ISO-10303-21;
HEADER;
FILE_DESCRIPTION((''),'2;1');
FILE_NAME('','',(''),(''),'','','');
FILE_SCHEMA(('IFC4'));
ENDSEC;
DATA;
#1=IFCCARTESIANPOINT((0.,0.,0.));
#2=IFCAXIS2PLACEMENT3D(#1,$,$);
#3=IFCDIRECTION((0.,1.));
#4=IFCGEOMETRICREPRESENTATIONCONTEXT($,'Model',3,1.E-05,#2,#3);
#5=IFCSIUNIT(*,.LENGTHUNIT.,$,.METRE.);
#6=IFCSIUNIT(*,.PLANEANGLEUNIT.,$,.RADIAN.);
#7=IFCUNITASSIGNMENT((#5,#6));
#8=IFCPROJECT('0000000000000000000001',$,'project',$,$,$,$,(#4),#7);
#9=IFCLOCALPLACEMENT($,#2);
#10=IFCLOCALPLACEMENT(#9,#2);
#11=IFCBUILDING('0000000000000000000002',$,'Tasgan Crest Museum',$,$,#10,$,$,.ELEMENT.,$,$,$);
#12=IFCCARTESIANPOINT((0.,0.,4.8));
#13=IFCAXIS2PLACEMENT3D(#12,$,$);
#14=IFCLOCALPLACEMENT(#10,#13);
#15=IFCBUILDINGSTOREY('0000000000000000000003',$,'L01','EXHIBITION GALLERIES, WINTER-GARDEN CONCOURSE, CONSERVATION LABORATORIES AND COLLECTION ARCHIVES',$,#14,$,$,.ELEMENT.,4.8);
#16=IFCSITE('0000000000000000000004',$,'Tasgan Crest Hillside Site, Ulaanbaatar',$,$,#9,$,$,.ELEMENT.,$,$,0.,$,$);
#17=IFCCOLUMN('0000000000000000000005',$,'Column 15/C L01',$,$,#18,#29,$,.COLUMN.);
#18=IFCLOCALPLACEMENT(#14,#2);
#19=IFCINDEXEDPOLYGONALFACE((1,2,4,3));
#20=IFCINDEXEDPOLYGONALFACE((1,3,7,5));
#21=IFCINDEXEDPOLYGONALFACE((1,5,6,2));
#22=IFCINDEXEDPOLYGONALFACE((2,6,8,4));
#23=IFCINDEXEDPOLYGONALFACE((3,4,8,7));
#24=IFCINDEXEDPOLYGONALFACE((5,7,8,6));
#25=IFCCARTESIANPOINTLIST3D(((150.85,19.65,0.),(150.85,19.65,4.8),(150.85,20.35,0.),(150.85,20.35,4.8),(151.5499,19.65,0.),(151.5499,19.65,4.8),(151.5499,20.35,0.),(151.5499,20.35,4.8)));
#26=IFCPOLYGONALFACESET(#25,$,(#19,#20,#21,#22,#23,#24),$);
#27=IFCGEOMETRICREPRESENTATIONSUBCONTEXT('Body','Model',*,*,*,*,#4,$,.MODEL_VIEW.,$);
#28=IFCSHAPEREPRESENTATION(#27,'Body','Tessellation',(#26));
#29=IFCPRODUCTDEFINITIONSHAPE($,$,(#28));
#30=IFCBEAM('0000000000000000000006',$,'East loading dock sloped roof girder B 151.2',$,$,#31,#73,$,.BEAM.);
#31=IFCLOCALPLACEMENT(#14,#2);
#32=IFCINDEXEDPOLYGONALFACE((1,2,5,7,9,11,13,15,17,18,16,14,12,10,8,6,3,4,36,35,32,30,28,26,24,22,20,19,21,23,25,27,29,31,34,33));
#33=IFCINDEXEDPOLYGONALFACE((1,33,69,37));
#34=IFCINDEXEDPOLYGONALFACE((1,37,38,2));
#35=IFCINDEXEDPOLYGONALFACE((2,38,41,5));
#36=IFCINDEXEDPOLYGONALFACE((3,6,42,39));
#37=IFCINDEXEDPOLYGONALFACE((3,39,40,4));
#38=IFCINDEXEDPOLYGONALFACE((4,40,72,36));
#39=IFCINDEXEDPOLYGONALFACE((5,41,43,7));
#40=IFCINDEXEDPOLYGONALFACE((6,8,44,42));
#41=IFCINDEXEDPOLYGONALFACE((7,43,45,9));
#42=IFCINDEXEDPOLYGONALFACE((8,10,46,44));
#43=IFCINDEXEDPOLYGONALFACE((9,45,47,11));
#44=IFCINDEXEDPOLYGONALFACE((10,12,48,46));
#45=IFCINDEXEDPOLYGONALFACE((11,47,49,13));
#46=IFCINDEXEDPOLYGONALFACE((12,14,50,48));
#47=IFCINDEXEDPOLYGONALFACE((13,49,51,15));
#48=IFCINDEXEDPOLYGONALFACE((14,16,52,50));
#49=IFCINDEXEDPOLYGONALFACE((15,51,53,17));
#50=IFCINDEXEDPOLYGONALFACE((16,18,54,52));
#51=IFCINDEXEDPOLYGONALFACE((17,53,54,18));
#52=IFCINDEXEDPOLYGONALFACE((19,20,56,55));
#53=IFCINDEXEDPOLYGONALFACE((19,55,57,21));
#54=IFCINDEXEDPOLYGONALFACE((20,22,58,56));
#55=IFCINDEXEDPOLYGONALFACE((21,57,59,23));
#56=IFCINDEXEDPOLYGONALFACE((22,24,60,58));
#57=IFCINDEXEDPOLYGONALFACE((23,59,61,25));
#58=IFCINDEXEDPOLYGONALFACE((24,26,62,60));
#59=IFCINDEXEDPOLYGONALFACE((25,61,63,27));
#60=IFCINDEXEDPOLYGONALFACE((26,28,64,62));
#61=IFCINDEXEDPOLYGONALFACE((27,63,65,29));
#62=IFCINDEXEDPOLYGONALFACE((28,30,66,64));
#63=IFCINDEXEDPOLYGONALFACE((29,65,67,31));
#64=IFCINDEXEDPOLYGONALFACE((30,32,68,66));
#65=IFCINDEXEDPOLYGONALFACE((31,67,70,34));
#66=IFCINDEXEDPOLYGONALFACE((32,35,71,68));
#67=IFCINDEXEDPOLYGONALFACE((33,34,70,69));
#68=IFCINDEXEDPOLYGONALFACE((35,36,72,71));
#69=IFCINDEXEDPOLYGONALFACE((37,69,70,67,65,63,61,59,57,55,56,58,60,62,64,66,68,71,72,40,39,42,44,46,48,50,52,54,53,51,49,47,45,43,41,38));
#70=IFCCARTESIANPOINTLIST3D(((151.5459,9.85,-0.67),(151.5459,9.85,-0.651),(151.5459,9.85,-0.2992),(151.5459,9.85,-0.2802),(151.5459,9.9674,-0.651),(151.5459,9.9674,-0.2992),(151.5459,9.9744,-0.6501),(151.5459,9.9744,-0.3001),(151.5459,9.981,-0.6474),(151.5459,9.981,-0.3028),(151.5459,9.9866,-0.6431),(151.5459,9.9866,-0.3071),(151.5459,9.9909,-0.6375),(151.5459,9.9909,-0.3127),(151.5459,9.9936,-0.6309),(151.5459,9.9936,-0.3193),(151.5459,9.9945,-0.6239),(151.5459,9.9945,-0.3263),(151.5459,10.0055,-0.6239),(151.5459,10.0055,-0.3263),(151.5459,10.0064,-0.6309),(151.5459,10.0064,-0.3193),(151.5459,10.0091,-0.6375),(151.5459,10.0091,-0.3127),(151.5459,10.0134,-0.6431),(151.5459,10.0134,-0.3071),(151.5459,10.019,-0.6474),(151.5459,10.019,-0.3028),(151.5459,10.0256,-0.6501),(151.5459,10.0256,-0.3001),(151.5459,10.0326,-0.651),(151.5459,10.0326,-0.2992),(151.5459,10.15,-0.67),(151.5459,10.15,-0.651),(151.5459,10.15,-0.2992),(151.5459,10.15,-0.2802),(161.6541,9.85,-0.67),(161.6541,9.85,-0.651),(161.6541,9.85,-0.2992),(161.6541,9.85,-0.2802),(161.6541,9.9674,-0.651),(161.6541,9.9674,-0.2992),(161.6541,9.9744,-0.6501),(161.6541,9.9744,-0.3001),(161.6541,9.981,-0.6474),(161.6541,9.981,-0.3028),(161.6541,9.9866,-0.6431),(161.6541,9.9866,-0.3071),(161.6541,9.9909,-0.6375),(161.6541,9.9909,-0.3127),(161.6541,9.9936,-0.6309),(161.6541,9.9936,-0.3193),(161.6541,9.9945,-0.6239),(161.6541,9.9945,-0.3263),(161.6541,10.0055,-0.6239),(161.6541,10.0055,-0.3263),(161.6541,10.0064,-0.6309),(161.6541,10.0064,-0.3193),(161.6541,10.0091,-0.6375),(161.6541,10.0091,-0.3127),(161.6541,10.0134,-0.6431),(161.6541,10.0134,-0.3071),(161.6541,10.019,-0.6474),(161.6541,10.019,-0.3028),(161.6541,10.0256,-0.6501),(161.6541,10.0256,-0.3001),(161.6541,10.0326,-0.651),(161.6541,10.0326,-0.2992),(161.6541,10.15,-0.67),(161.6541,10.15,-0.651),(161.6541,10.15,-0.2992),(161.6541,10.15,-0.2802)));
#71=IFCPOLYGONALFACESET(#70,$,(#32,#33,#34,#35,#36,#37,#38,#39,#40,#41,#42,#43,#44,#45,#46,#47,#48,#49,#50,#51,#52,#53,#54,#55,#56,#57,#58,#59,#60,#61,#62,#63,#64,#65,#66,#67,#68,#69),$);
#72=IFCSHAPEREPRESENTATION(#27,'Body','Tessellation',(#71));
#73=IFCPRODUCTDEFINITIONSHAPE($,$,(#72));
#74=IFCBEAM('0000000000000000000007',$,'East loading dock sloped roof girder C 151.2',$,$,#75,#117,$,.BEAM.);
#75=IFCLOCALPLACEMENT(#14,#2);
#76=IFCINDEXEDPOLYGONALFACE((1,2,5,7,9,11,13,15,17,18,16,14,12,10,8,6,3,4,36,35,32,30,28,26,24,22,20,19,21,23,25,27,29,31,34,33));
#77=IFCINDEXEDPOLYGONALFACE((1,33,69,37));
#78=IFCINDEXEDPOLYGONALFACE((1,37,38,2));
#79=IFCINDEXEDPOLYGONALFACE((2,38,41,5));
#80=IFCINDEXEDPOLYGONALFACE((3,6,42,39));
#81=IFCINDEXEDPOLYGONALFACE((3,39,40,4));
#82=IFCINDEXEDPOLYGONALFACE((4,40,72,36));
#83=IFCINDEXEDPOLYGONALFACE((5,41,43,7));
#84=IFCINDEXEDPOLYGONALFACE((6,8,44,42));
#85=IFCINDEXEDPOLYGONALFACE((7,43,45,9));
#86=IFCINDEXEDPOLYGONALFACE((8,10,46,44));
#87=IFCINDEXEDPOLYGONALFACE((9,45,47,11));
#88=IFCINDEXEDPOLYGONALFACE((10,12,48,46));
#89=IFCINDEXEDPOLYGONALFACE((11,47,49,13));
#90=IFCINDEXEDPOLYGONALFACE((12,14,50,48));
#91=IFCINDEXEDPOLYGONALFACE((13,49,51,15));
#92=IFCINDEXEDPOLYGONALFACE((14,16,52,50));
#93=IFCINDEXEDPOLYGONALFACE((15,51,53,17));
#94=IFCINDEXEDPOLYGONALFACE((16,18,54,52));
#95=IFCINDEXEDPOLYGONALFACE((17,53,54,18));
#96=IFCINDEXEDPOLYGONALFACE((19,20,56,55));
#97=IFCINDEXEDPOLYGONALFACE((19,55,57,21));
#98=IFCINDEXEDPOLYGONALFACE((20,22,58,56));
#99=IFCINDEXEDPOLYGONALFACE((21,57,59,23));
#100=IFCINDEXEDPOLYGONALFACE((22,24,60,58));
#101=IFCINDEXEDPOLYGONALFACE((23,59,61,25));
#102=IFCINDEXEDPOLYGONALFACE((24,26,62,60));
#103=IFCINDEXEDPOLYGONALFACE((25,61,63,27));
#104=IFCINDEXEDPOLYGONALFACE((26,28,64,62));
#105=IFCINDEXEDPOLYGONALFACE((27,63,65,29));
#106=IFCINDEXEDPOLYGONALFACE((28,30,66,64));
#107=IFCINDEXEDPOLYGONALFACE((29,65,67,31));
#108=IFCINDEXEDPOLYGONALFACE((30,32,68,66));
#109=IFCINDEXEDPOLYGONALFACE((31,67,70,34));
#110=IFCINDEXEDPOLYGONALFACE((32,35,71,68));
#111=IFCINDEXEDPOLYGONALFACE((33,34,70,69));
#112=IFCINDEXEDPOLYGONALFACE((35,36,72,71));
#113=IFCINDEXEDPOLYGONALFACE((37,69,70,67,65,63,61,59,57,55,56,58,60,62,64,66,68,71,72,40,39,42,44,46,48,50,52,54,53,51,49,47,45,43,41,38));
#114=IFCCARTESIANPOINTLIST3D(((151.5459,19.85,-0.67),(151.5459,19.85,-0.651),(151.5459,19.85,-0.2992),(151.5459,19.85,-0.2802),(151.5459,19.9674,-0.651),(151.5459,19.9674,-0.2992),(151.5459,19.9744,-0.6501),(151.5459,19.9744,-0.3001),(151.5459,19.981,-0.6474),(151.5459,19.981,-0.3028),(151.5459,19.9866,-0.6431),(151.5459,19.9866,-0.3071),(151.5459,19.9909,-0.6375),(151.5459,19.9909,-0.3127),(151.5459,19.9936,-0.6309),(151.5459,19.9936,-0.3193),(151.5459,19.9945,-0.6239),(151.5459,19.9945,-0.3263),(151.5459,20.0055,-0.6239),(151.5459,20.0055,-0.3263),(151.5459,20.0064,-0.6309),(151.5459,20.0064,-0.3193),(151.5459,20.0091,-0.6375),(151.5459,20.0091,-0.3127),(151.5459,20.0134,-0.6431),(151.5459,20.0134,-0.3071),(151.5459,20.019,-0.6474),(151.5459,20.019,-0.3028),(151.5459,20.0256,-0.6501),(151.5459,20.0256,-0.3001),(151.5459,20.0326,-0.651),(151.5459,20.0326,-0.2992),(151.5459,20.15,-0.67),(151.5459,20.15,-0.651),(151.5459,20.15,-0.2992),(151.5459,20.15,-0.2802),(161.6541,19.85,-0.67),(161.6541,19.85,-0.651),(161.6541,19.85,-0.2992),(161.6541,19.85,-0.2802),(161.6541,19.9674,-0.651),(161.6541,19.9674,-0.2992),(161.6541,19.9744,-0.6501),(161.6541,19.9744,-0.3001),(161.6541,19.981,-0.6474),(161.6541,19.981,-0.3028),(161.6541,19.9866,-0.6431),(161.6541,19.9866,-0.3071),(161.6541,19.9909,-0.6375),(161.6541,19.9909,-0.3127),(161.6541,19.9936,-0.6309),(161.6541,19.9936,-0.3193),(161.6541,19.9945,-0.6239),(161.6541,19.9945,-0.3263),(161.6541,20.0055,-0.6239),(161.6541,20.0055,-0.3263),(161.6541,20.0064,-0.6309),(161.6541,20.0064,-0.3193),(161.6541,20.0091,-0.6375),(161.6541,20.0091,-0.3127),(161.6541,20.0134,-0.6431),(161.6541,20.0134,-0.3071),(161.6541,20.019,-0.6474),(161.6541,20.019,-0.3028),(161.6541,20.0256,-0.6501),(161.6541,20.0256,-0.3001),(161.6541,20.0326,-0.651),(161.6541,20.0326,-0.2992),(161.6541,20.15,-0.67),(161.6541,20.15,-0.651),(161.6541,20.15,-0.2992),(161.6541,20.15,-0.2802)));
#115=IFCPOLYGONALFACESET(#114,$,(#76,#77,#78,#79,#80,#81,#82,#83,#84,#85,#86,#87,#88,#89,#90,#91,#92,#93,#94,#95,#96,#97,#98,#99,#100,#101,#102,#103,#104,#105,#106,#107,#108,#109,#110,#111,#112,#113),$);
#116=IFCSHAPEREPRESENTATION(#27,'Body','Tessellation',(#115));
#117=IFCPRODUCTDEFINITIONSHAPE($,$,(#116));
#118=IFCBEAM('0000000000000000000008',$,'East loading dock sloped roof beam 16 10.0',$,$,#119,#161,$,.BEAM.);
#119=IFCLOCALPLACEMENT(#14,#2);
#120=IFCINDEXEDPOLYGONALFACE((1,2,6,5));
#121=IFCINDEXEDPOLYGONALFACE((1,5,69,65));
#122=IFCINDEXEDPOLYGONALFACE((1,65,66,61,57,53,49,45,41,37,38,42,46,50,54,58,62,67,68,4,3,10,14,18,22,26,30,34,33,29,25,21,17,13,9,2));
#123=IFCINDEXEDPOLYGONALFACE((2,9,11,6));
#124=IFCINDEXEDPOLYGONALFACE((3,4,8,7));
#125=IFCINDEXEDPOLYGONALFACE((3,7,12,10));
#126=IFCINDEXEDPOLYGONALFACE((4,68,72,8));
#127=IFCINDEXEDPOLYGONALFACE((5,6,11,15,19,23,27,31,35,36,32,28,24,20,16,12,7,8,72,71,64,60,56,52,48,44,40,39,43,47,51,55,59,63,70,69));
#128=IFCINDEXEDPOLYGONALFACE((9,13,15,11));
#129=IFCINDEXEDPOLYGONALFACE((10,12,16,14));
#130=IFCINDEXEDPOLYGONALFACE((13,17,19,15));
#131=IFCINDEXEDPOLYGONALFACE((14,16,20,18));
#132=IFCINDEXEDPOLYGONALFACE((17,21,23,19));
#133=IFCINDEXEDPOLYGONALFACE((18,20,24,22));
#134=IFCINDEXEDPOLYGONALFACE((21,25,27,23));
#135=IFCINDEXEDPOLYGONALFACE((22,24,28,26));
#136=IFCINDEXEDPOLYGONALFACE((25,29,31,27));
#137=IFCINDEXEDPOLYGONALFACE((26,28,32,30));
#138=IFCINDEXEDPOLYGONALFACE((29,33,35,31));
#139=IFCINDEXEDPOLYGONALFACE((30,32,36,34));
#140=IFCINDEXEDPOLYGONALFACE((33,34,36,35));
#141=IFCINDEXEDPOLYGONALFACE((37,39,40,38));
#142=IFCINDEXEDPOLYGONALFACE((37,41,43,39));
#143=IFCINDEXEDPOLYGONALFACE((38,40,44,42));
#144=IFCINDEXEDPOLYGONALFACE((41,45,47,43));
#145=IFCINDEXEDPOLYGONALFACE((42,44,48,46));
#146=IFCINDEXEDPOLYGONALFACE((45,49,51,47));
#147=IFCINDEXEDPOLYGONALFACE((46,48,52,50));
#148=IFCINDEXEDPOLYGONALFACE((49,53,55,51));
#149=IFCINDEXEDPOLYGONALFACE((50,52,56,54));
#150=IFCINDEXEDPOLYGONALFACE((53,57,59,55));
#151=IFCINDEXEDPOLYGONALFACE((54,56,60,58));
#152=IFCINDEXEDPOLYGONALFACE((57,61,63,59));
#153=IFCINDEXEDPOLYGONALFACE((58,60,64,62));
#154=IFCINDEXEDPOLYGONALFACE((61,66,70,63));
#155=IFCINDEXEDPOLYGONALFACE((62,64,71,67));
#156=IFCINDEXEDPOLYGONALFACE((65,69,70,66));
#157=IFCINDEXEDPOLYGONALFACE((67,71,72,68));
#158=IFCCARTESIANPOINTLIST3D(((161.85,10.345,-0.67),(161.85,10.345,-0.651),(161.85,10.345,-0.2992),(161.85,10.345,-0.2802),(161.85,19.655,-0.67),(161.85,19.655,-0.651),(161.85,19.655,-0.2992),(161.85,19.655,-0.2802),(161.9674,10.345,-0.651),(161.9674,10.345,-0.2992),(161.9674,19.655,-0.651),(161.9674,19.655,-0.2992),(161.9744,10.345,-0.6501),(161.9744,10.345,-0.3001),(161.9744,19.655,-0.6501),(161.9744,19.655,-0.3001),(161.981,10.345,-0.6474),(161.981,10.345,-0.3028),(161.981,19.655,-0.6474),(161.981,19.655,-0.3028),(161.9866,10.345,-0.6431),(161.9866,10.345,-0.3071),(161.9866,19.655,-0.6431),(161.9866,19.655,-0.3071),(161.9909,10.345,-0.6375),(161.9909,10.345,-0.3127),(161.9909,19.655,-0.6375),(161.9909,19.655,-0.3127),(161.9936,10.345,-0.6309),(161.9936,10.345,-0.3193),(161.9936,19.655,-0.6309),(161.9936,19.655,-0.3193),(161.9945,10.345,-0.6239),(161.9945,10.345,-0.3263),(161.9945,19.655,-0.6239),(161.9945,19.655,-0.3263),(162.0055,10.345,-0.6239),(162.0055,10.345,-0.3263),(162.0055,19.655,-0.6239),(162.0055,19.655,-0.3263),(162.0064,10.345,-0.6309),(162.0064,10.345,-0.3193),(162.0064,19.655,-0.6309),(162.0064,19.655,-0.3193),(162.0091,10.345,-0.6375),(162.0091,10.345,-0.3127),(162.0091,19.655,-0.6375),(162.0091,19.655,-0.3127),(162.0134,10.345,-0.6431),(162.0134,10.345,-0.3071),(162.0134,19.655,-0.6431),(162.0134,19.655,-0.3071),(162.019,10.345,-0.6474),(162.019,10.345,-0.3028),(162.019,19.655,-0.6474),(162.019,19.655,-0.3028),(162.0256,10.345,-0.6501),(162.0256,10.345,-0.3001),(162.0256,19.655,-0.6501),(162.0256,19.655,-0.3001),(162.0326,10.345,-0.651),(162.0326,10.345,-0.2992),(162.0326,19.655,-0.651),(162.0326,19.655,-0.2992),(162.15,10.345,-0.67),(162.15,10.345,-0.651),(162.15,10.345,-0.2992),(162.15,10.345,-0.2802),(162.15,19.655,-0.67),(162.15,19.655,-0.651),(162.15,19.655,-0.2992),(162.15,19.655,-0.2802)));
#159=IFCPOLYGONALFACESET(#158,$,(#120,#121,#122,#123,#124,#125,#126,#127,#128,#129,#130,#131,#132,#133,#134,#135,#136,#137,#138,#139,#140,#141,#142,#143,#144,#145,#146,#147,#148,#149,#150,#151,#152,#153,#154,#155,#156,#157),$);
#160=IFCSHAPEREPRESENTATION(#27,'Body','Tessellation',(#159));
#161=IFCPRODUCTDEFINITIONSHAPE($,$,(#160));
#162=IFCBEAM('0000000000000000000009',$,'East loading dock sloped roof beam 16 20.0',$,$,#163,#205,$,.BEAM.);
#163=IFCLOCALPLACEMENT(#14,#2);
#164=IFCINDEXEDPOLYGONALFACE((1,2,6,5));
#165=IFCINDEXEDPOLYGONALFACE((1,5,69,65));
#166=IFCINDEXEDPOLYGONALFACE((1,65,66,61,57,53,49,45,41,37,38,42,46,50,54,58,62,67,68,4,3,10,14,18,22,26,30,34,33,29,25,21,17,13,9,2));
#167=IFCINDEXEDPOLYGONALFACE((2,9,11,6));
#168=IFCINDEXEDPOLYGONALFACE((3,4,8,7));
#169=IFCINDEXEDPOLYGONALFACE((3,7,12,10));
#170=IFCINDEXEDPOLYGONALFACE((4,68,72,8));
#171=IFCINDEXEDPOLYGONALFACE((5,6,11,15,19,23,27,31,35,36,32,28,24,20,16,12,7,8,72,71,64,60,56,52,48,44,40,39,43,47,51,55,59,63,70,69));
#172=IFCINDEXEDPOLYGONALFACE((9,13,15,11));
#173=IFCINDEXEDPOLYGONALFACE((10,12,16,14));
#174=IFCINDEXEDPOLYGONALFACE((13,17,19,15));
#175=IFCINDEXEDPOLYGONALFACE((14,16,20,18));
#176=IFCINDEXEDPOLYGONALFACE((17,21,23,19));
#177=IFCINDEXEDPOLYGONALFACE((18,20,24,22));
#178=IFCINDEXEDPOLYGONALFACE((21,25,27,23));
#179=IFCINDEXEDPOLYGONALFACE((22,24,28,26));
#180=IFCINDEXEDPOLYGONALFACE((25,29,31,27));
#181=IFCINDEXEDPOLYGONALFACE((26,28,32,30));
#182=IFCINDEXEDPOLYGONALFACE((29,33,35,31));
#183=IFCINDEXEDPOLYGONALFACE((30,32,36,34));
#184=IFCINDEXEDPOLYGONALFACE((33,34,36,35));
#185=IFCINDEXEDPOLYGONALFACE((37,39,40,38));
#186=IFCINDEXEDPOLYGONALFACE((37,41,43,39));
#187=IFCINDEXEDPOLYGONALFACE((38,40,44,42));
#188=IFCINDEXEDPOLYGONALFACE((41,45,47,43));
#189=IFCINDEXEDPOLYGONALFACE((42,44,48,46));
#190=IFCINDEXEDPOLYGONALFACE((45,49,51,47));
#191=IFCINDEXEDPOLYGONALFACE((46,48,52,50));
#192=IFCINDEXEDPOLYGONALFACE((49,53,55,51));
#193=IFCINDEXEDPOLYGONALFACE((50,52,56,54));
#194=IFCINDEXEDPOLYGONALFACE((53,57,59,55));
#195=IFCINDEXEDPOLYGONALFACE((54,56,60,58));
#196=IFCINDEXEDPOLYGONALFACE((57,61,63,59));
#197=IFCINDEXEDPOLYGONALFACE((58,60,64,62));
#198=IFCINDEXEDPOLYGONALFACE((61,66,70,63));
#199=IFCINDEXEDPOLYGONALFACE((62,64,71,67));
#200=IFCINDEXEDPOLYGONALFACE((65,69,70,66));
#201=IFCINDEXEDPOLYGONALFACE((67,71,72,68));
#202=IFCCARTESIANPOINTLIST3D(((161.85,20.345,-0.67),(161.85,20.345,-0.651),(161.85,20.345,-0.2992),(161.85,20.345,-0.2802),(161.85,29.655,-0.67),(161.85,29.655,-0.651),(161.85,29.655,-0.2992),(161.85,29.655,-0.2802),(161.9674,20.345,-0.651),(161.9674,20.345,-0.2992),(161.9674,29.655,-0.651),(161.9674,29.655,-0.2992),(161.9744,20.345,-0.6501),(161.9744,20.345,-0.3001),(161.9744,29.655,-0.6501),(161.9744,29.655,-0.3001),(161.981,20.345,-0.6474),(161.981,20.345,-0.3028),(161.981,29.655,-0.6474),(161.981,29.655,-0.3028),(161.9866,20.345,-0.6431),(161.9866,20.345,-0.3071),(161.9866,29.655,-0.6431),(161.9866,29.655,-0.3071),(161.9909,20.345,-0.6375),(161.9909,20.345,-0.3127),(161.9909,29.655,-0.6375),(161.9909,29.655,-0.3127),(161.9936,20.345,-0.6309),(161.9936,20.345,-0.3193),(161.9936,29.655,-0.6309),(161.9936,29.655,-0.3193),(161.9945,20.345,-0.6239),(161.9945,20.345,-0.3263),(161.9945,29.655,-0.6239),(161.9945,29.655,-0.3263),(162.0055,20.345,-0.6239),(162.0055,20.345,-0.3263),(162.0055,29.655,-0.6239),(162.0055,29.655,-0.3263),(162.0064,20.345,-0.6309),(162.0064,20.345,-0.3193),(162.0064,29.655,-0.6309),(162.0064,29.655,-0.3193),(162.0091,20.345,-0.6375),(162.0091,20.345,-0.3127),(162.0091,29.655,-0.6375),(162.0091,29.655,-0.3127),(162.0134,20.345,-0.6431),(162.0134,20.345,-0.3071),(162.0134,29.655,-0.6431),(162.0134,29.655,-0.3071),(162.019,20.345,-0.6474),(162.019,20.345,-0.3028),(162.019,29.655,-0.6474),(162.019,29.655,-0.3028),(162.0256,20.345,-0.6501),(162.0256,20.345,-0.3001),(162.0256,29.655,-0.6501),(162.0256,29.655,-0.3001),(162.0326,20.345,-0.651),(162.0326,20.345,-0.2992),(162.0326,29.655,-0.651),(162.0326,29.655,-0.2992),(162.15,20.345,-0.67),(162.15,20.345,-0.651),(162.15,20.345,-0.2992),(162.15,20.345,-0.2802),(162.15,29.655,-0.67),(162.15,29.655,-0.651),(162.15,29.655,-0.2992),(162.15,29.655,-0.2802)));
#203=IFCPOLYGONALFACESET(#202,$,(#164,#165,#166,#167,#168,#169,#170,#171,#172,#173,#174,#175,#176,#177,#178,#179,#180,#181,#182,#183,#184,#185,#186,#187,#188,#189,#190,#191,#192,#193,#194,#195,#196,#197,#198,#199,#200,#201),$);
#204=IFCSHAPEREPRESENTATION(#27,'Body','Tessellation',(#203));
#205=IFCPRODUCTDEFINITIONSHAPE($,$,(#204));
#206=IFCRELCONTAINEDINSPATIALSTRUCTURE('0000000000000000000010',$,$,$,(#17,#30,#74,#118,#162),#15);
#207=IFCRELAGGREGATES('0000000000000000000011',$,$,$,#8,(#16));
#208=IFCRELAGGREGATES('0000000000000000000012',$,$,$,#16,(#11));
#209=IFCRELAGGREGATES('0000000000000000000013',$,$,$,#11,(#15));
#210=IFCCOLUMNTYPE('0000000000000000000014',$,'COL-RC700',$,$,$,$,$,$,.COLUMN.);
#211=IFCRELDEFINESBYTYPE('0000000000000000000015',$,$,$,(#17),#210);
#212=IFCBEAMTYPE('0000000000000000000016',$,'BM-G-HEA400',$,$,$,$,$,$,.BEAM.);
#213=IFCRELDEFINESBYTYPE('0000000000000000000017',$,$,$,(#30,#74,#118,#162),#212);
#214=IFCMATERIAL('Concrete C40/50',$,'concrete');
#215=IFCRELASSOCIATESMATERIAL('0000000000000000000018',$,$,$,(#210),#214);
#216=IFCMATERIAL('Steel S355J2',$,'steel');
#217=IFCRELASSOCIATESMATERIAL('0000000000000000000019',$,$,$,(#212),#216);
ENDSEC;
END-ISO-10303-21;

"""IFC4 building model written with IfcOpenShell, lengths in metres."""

from ifc_helpers import new_model, si_unit, direction, frame, origin, origin_2d, place, context, subcontext, project, spatial, rectangle, i_section, extrude, material, material_profile, profile_set, type_object, element, save


model = new_model("IFC4")

# Units and contexts
model_context = context("Model", 3, precision=1e-05, world=origin(), true_north=direction((0.0, 1.0)))
body_context = subcontext(model_context, "Body", "Model", "MODEL_VIEW")
ifc_project = project(units=[si_unit("LENGTHUNIT", "METRE"), si_unit("PLANEANGLEUNIT", "RADIAN")], contexts=[model_context])

# Site, building, storey
site_placement = place(None, origin())
site = spatial("IfcSite", under=ifc_project, at=site_placement, Name="Tasgan Crest Hillside Site, Ulaanbaatar", CompositionType="ELEMENT", RefElevation=0.0)
building_placement = place(site_placement, origin())
building = spatial("IfcBuilding", under=site, at=building_placement, Name="Tasgan Crest Museum", CompositionType="ELEMENT")
storey_placement = place(building_placement, frame((0.0, 0.0, 4.8)))
storey = spatial("IfcBuildingStorey", under=building, at=storey_placement, Name="L01", Description="EXHIBITION GALLERIES, WINTER-GARDEN CONCOURSE, CONSERVATION LABORATORIES AND COLLECTION ARCHIVES", CompositionType="ELEMENT", Elevation=4.8)

# Column
ifc_material_1 = material(Name="Concrete C40/50", Category="concrete")
ifc_material_profile_1 = material_profile(ifc_material_1, rectangle(XDim=0.7, YDim=0.7, at=origin_2d()), Name="RC 700x700")
ifc_profile_set_1 = profile_set([ifc_material_profile_1], Name="Concrete C40/50")
column_type = type_object("IfcColumnType", Name="COL-RC700", PredefinedType="COLUMN", material=ifc_profile_set_1)
column_placement = place(storey_placement, frame((151.2, 20.0, 0.0), z_axis=(0.0, 0.0, 1.0), x_axis=(1.0, 0.0, 0.0)))
element("IfcColumn", 1, at=column_placement, inside=storey, type_object=column_type, Name="Column 15/C L01", PredefinedType="COLUMN", context=body_context, shape_type="SweptSolid", body=[
    extrude(rectangle(XDim=0.7, YDim=0.7, at=origin_2d()), origin(), (0.0, 0.0, 1.0), 4.8),
])

# Beams
ifc_material_2 = material(Name="Steel S355J2", Category="steel")
ifc_material_profile_2 = material_profile(ifc_material_2, i_section(OverallWidth=0.3, OverallDepth=0.3899, WebThickness=0.011, FlangeThickness=0.019, FilletRadius=0.0271, at=origin_2d()), Name="HEA 400")
ifc_profile_set_2 = profile_set([ifc_material_profile_2], Name="Steel S355J2")
beam_type_1 = type_object("IfcBeamType", Name="BM-G-HEA400", PredefinedType="BEAM", material=ifc_profile_set_2)
for number, where, z_axis, x_axis, name in (
    (2, (151.5459, 10.0, -0.4751), (1.0, 0.0, 0.0), (0.0, 1.0, 0.0), "East loading dock sloped roof girder B 151.2"),
    (3, (151.5459, 20.0, -0.4751), (1.0, 0.0, 0.0), (0.0, 1.0, 0.0), "East loading dock sloped roof girder C 151.2"),
):
    element("IfcBeam", number, at=place(storey_placement, frame(where, z_axis=z_axis, x_axis=x_axis)), inside=storey, type_object=beam_type_1, Name=name, PredefinedType="BEAM", context=body_context, shape_type="SweptSolid", body=[
        extrude(i_section(OverallWidth=0.3, OverallDepth=0.3899, WebThickness=0.011, FlangeThickness=0.019, FilletRadius=0.0271, at=origin_2d()), origin(), (0.0, 0.0, 1.0), 10.1082),
    ])
for number, where, z_axis, x_axis, name in (
    (4, (162.0, 10.345, -0.4751), (0.0, 1.0, 0.0), (-1.0, 0.0, 0.0), "East loading dock sloped roof beam 16 10.0"),
    (5, (162.0, 20.345, -0.4751), (0.0, 1.0, 0.0), (-1.0, 0.0, 0.0), "East loading dock sloped roof beam 16 20.0"),
):
    element("IfcBeam", number, at=place(storey_placement, frame(where, z_axis=z_axis, x_axis=x_axis)), inside=storey, type_object=beam_type_1, Name=name, PredefinedType="BEAM", context=body_context, shape_type="SweptSolid", body=[
        extrude(i_section(OverallWidth=0.3, OverallDepth=0.3899, WebThickness=0.011, FlangeThickness=0.019, FilletRadius=0.0271, at=origin_2d()), origin(), (0.0, 0.0, 1.0), 9.3101),
    ])

save(model, "model.ifc")
